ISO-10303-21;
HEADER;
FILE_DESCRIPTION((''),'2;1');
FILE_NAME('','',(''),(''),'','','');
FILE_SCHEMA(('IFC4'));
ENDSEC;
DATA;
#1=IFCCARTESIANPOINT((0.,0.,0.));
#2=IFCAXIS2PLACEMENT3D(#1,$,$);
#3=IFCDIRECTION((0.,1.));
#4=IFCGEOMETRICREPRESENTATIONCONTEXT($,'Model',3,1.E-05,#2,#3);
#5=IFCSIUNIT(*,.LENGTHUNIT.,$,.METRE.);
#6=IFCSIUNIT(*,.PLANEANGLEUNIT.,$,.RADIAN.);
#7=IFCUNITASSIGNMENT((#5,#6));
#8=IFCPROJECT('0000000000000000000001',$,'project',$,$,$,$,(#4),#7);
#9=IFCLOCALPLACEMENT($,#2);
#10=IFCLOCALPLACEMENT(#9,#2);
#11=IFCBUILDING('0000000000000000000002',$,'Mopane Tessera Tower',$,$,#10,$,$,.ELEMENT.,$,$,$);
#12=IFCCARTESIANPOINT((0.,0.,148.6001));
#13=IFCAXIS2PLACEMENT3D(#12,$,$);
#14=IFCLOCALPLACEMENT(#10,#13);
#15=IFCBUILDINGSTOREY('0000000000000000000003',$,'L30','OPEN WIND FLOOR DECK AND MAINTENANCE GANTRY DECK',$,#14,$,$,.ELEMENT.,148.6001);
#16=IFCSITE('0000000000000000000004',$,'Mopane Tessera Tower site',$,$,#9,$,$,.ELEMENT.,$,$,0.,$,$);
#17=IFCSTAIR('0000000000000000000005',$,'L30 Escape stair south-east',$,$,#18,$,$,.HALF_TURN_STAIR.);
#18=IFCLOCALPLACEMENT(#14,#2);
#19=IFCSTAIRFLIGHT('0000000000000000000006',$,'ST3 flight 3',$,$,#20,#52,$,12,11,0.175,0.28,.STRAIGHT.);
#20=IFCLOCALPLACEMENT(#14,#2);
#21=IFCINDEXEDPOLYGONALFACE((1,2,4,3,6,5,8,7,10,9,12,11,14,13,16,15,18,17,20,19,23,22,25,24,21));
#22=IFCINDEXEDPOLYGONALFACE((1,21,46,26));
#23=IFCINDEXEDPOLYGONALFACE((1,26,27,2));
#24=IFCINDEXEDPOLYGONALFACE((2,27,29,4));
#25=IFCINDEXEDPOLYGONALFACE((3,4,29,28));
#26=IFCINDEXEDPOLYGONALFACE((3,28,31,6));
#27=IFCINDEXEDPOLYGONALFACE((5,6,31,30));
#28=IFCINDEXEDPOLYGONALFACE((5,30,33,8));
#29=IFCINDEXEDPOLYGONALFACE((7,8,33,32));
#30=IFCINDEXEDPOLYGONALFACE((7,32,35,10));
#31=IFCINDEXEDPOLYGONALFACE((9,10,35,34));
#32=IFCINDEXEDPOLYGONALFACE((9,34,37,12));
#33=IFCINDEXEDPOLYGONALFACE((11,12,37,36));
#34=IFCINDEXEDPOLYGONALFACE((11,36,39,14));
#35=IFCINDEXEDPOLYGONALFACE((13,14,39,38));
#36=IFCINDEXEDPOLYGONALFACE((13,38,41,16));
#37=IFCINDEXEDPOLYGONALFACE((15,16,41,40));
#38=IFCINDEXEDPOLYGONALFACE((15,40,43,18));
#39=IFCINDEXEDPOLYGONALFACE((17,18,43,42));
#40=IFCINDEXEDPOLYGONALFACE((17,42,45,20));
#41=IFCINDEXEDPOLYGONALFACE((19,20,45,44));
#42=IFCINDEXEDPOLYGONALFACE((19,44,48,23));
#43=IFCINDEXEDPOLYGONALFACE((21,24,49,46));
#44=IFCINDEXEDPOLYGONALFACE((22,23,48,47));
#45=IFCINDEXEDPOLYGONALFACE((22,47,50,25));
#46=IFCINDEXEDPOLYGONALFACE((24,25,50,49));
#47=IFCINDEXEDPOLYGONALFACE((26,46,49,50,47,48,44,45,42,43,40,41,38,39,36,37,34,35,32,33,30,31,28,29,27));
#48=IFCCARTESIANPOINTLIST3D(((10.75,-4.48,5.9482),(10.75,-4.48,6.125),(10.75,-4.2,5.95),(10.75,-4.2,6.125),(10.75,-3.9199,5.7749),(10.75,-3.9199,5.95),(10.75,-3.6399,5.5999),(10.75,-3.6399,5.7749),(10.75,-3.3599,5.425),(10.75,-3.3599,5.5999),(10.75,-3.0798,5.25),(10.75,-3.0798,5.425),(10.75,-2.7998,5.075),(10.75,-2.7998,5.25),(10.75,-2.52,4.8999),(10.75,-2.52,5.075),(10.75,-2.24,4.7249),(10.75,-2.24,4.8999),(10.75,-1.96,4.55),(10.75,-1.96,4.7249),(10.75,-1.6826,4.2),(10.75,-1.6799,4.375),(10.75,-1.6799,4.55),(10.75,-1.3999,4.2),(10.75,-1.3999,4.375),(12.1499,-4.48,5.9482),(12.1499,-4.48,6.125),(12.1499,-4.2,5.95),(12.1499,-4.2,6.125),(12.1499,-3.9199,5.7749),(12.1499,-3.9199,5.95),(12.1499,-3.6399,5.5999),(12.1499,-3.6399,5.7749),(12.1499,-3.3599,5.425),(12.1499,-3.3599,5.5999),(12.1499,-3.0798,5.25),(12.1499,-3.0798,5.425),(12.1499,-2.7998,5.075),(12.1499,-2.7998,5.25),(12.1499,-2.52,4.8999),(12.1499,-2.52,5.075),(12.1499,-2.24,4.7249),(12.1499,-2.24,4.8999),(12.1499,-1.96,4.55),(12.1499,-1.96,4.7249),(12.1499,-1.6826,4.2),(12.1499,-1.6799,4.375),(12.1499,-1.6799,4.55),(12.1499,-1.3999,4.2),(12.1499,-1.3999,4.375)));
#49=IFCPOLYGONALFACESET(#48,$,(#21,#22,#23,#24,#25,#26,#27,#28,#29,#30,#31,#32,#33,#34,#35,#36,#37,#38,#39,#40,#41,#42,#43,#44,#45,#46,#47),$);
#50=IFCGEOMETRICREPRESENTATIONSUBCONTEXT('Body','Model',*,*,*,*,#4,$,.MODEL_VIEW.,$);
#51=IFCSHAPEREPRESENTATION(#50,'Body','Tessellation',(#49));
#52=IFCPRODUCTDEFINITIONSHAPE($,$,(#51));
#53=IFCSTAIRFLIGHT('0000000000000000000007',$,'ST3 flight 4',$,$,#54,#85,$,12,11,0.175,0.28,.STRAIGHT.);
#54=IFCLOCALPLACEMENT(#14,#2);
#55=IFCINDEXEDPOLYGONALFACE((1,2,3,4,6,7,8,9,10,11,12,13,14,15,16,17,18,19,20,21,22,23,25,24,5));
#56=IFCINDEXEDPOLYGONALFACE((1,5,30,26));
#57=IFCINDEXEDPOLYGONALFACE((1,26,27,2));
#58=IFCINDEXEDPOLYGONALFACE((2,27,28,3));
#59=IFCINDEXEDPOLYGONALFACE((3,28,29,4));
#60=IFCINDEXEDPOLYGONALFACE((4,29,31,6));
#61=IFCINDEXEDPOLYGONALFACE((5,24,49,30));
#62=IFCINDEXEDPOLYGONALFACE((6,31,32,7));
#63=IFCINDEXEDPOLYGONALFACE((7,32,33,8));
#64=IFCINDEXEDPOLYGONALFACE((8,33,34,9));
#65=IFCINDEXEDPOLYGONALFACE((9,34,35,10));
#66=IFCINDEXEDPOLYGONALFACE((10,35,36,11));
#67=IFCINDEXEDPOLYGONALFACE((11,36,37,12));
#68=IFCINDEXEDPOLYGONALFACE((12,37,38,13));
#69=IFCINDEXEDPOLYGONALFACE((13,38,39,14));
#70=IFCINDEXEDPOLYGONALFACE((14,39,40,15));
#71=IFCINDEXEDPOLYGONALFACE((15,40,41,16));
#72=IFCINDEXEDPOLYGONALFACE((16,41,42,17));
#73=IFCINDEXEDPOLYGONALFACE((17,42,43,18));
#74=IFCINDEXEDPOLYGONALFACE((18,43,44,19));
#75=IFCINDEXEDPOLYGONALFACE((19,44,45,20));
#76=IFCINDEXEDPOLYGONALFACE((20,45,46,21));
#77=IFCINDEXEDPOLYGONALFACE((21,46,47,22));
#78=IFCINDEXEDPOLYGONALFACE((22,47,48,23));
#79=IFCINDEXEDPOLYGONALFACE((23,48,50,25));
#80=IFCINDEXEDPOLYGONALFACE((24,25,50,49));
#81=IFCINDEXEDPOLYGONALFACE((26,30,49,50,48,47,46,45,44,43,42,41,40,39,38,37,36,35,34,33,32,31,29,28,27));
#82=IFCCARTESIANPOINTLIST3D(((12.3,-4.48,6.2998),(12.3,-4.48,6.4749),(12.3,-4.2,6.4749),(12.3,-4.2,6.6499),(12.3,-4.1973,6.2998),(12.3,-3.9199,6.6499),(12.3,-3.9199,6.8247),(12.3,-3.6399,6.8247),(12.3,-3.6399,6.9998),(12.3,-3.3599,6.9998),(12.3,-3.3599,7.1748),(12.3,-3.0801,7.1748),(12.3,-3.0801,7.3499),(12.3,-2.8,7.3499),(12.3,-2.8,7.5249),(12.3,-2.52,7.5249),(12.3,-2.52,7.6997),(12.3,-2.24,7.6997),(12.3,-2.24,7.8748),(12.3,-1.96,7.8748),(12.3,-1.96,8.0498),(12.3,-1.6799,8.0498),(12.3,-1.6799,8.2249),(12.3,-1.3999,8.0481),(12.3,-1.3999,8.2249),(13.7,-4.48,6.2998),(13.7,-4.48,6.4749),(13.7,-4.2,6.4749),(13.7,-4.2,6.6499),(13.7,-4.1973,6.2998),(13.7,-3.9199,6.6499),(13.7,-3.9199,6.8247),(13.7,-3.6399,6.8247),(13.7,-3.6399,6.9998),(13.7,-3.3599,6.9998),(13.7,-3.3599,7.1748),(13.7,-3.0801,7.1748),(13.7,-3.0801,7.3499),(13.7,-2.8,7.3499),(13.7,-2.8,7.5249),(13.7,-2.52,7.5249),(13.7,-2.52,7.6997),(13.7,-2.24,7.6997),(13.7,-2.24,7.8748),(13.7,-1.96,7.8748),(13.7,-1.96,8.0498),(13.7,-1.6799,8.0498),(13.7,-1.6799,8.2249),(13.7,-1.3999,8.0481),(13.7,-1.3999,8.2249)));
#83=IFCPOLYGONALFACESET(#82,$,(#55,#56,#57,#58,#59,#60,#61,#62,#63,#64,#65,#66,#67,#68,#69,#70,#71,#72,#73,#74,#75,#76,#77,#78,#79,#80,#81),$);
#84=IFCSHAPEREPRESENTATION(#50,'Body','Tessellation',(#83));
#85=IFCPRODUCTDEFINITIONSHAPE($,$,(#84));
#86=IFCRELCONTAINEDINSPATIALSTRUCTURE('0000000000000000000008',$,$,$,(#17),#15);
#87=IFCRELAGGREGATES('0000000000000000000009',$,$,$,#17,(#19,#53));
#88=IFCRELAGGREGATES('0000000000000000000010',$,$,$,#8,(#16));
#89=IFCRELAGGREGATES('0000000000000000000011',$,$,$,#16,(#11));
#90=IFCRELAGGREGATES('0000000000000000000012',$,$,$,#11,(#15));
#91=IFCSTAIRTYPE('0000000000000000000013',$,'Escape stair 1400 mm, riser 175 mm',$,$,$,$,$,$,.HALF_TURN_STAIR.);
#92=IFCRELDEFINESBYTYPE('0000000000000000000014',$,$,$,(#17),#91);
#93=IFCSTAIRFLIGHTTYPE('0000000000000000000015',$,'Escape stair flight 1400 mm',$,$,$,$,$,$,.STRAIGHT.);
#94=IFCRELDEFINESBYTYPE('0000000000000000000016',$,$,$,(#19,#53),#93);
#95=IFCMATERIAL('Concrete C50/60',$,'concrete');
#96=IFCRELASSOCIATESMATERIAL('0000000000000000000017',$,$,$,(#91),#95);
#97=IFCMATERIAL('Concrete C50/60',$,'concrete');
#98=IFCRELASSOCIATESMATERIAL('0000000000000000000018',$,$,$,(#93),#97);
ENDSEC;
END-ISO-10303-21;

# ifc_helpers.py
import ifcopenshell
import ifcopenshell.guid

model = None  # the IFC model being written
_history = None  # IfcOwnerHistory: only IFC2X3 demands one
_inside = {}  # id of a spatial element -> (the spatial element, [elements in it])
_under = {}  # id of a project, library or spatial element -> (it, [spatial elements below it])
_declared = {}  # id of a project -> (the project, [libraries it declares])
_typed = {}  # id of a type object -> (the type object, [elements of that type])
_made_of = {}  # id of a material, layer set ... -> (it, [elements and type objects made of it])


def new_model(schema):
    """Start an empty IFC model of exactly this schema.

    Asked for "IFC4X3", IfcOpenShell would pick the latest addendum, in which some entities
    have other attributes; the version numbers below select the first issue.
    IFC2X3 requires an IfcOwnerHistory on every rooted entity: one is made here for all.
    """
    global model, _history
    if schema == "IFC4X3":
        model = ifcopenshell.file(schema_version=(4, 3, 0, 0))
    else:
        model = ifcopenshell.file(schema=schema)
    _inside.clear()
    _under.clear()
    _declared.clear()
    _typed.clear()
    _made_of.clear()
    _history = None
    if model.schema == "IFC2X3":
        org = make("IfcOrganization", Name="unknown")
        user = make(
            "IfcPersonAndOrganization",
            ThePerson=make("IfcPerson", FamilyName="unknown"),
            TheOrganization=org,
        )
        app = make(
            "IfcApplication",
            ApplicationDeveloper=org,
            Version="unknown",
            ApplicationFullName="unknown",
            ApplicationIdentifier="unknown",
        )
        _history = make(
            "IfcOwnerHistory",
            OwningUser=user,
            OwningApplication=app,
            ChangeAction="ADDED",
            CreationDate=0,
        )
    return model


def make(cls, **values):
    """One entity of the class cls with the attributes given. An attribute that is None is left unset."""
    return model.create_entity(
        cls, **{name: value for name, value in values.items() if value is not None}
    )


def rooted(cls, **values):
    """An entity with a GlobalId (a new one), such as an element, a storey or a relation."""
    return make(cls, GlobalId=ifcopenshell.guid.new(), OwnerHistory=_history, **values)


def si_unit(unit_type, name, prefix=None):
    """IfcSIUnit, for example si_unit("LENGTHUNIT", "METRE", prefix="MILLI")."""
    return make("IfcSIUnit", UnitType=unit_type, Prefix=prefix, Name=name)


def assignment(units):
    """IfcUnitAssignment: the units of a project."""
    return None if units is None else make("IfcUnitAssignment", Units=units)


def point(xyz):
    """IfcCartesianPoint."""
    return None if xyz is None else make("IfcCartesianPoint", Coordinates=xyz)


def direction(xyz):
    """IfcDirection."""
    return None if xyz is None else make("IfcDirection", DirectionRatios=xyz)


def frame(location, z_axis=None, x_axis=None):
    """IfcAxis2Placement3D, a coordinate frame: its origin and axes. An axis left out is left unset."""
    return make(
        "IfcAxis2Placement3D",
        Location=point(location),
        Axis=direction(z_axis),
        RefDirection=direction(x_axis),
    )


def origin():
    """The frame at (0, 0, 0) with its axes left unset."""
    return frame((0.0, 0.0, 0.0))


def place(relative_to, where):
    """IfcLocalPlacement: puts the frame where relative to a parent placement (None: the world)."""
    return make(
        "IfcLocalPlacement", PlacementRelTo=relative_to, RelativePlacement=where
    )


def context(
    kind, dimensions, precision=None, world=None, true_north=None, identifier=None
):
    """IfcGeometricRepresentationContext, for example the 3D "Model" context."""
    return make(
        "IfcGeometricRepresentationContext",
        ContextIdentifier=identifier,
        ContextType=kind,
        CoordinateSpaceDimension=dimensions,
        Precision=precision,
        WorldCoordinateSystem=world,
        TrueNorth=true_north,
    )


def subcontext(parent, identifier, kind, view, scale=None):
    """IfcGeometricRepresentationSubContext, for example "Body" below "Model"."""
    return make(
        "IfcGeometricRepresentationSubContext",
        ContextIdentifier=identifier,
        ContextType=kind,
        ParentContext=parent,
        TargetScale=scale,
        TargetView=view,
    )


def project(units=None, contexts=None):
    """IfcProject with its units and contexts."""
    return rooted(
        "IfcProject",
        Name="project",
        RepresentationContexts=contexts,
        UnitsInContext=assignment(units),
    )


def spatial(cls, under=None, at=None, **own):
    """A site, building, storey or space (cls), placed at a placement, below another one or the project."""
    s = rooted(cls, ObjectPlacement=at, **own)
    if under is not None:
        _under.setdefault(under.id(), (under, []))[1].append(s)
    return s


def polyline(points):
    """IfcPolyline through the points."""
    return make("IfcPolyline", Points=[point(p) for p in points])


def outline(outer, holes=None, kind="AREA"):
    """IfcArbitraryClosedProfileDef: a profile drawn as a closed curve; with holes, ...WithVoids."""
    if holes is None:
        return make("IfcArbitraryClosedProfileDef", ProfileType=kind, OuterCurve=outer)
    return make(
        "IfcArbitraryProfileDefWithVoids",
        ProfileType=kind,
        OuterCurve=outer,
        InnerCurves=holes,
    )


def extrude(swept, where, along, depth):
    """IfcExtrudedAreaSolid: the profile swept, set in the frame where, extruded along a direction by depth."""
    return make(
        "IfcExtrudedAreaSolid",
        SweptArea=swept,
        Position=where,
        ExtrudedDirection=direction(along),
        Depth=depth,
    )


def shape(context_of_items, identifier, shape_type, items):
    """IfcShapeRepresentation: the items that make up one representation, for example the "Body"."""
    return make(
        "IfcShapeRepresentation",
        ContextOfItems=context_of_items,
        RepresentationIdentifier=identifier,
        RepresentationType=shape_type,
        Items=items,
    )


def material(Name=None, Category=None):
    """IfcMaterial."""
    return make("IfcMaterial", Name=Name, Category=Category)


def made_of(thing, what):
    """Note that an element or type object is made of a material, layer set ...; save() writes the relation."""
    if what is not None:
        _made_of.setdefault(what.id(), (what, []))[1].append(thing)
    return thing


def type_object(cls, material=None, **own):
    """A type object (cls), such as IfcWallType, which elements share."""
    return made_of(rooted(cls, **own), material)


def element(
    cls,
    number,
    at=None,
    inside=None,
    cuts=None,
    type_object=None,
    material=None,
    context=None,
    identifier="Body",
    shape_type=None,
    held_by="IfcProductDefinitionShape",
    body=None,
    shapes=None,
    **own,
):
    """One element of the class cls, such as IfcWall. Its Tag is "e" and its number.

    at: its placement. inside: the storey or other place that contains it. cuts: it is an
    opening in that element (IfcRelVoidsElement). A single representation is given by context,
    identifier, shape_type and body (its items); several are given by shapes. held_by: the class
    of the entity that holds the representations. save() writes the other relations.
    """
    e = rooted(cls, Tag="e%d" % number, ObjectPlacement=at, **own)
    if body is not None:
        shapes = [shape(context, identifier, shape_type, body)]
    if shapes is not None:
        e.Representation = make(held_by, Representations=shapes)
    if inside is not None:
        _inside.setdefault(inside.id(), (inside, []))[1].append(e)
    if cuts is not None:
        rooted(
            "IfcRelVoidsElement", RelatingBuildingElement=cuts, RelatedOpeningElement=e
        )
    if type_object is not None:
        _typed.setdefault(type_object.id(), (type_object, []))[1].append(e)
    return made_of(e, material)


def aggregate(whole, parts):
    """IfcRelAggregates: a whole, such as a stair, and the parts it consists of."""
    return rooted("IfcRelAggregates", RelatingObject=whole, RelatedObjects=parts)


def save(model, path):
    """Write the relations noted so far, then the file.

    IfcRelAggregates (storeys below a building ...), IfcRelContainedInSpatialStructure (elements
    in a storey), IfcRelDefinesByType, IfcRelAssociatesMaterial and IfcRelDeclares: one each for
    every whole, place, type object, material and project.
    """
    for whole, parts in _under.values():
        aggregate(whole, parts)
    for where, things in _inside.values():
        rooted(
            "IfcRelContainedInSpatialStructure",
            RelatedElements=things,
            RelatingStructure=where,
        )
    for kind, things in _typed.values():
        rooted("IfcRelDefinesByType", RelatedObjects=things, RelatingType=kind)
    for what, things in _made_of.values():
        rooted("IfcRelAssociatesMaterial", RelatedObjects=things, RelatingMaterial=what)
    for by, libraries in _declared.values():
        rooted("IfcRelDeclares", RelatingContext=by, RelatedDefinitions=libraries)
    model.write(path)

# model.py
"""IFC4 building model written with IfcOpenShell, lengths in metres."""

from ifc_helpers import new_model, si_unit, direction, frame, origin, place, context, subcontext, project, spatial, polyline, outline, extrude, material, type_object, element, aggregate, save


model = new_model("IFC4")

# Units and contexts
model_context = context("Model", 3, precision=1e-05, world=origin(), true_north=direction((0.0, 1.0)))
body_context = subcontext(model_context, "Body", "Model", "MODEL_VIEW")
ifc_project = project(units=[si_unit("LENGTHUNIT", "METRE"), si_unit("PLANEANGLEUNIT", "RADIAN")], contexts=[model_context])

# Site, building, storey
site_placement = place(None, origin())
site = spatial("IfcSite", under=ifc_project, at=site_placement, Name="Mopane Tessera Tower site", CompositionType="ELEMENT", RefElevation=0.0)
building_placement = place(site_placement, origin())
building = spatial("IfcBuilding", under=site, at=building_placement, Name="Mopane Tessera Tower", CompositionType="ELEMENT")
storey_placement = place(building_placement, frame((0.0, 0.0, 148.6001)))
storey = spatial("IfcBuildingStorey", under=building, at=storey_placement, Name="L30", Description="OPEN WIND FLOOR DECK AND MAINTENANCE GANTRY DECK", CompositionType="ELEMENT", Elevation=148.6001)

# Stair, stair flights
ifc_material_1 = material(Name="Concrete C50/60", Category="concrete")
stair_type = type_object("IfcStairType", Name="Escape stair 1400 mm, riser 175 mm", PredefinedType="HALF_TURN_STAIR", material=ifc_material_1)
stair_placement = place(storey_placement, origin())
stair = element("IfcStair", 1, at=stair_placement, inside=storey, type_object=stair_type, Name="L30 Escape stair south-east", PredefinedType="HALF_TURN_STAIR")
ifc_material_2 = material(Name="Concrete C50/60", Category="concrete")
stair_flight_type = type_object("IfcStairFlightType", Name="Escape stair flight 1400 mm", PredefinedType="STRAIGHT", material=ifc_material_2)
stair_flight_1_placement = place(storey_placement, frame((11.45, -1.3999, 4.2), z_axis=(0.0, 0.0, 1.0), x_axis=(0.0, -1.0, 0.0)))
stair_flight_1 = element("IfcStairFlight", 2, at=stair_flight_1_placement, type_object=stair_flight_type, Name="ST3 flight 3", NumberOfRisers=12, NumberOfTreads=11, PredefinedType="STRAIGHT", RiserHeight=0.175, TreadLength=0.28, context=body_context, shape_type="SweptSolid", body=[
    extrude(outline(polyline([(0.0, 0.0), (0.0, 0.175), (0.28, 0.175), (0.28, 0.3501), (0.5601, 0.3501), (0.5601, 0.5249), (0.8401, 0.5249), (0.8401, 0.7), (1.1201, 0.7), (1.1201, 0.875), (1.3999, 0.875), (1.3999, 1.05), (1.6799, 1.05), (1.6799, 1.2251), (1.96, 1.2251), (1.96, 1.3999), (2.24, 1.3999), (2.24, 1.575), (2.52, 1.575), (2.52, 1.75), (2.8, 1.75), (2.8, 1.925), (3.0801, 1.925), (3.0801, 2.1001), (3.0801, 1.7483), (0.2827, 0.0), (0.0, 0.0)])), frame((0.0, 0.7, 0.0), z_axis=(0.0, -1.0, 0.0), x_axis=(1.0, 0.0, 0.0)), (0.0, 0.0, 1.0), 1.3999),
])
stair_flight_2_placement = place(storey_placement, frame((13.0, -4.48, 6.2998), z_axis=(0.0, 0.0, 1.0), x_axis=(0.0, 1.0, 0.0)))
stair_flight_2 = element("IfcStairFlight", 3, at=stair_flight_2_placement, type_object=stair_flight_type, Name="ST3 flight 4", NumberOfRisers=12, NumberOfTreads=11, PredefinedType="STRAIGHT", RiserHeight=0.175, TreadLength=0.28, context=body_context, shape_type="SweptSolid", body=[
    extrude(outline(polyline([(0.0, 0.0), (0.0, 0.175), (0.28, 0.175), (0.28, 0.3501), (0.5601, 0.3501), (0.5601, 0.5249), (0.8401, 0.5249), (0.8401, 0.7), (1.1201, 0.7), (1.1201, 0.875), (1.3999, 0.875), (1.3999, 1.05), (1.6799, 1.05), (1.6799, 1.2251), (1.96, 1.2251), (1.96, 1.3999), (2.24, 1.3999), (2.24, 1.575), (2.52, 1.575), (2.52, 1.75), (2.8, 1.75), (2.8, 1.925), (3.0801, 1.925), (3.0801, 2.1001), (3.0801, 1.7483), (0.2827, 0.0), (0.0, 0.0)])), frame((0.0, 0.7, 0.0), z_axis=(0.0, -1.0, 0.0), x_axis=(1.0, 0.0, 0.0)), (0.0, 0.0, 1.0), 1.3999),
])
aggregate(stair, [stair_flight_1, stair_flight_2])

save(model, "model.ifc")
